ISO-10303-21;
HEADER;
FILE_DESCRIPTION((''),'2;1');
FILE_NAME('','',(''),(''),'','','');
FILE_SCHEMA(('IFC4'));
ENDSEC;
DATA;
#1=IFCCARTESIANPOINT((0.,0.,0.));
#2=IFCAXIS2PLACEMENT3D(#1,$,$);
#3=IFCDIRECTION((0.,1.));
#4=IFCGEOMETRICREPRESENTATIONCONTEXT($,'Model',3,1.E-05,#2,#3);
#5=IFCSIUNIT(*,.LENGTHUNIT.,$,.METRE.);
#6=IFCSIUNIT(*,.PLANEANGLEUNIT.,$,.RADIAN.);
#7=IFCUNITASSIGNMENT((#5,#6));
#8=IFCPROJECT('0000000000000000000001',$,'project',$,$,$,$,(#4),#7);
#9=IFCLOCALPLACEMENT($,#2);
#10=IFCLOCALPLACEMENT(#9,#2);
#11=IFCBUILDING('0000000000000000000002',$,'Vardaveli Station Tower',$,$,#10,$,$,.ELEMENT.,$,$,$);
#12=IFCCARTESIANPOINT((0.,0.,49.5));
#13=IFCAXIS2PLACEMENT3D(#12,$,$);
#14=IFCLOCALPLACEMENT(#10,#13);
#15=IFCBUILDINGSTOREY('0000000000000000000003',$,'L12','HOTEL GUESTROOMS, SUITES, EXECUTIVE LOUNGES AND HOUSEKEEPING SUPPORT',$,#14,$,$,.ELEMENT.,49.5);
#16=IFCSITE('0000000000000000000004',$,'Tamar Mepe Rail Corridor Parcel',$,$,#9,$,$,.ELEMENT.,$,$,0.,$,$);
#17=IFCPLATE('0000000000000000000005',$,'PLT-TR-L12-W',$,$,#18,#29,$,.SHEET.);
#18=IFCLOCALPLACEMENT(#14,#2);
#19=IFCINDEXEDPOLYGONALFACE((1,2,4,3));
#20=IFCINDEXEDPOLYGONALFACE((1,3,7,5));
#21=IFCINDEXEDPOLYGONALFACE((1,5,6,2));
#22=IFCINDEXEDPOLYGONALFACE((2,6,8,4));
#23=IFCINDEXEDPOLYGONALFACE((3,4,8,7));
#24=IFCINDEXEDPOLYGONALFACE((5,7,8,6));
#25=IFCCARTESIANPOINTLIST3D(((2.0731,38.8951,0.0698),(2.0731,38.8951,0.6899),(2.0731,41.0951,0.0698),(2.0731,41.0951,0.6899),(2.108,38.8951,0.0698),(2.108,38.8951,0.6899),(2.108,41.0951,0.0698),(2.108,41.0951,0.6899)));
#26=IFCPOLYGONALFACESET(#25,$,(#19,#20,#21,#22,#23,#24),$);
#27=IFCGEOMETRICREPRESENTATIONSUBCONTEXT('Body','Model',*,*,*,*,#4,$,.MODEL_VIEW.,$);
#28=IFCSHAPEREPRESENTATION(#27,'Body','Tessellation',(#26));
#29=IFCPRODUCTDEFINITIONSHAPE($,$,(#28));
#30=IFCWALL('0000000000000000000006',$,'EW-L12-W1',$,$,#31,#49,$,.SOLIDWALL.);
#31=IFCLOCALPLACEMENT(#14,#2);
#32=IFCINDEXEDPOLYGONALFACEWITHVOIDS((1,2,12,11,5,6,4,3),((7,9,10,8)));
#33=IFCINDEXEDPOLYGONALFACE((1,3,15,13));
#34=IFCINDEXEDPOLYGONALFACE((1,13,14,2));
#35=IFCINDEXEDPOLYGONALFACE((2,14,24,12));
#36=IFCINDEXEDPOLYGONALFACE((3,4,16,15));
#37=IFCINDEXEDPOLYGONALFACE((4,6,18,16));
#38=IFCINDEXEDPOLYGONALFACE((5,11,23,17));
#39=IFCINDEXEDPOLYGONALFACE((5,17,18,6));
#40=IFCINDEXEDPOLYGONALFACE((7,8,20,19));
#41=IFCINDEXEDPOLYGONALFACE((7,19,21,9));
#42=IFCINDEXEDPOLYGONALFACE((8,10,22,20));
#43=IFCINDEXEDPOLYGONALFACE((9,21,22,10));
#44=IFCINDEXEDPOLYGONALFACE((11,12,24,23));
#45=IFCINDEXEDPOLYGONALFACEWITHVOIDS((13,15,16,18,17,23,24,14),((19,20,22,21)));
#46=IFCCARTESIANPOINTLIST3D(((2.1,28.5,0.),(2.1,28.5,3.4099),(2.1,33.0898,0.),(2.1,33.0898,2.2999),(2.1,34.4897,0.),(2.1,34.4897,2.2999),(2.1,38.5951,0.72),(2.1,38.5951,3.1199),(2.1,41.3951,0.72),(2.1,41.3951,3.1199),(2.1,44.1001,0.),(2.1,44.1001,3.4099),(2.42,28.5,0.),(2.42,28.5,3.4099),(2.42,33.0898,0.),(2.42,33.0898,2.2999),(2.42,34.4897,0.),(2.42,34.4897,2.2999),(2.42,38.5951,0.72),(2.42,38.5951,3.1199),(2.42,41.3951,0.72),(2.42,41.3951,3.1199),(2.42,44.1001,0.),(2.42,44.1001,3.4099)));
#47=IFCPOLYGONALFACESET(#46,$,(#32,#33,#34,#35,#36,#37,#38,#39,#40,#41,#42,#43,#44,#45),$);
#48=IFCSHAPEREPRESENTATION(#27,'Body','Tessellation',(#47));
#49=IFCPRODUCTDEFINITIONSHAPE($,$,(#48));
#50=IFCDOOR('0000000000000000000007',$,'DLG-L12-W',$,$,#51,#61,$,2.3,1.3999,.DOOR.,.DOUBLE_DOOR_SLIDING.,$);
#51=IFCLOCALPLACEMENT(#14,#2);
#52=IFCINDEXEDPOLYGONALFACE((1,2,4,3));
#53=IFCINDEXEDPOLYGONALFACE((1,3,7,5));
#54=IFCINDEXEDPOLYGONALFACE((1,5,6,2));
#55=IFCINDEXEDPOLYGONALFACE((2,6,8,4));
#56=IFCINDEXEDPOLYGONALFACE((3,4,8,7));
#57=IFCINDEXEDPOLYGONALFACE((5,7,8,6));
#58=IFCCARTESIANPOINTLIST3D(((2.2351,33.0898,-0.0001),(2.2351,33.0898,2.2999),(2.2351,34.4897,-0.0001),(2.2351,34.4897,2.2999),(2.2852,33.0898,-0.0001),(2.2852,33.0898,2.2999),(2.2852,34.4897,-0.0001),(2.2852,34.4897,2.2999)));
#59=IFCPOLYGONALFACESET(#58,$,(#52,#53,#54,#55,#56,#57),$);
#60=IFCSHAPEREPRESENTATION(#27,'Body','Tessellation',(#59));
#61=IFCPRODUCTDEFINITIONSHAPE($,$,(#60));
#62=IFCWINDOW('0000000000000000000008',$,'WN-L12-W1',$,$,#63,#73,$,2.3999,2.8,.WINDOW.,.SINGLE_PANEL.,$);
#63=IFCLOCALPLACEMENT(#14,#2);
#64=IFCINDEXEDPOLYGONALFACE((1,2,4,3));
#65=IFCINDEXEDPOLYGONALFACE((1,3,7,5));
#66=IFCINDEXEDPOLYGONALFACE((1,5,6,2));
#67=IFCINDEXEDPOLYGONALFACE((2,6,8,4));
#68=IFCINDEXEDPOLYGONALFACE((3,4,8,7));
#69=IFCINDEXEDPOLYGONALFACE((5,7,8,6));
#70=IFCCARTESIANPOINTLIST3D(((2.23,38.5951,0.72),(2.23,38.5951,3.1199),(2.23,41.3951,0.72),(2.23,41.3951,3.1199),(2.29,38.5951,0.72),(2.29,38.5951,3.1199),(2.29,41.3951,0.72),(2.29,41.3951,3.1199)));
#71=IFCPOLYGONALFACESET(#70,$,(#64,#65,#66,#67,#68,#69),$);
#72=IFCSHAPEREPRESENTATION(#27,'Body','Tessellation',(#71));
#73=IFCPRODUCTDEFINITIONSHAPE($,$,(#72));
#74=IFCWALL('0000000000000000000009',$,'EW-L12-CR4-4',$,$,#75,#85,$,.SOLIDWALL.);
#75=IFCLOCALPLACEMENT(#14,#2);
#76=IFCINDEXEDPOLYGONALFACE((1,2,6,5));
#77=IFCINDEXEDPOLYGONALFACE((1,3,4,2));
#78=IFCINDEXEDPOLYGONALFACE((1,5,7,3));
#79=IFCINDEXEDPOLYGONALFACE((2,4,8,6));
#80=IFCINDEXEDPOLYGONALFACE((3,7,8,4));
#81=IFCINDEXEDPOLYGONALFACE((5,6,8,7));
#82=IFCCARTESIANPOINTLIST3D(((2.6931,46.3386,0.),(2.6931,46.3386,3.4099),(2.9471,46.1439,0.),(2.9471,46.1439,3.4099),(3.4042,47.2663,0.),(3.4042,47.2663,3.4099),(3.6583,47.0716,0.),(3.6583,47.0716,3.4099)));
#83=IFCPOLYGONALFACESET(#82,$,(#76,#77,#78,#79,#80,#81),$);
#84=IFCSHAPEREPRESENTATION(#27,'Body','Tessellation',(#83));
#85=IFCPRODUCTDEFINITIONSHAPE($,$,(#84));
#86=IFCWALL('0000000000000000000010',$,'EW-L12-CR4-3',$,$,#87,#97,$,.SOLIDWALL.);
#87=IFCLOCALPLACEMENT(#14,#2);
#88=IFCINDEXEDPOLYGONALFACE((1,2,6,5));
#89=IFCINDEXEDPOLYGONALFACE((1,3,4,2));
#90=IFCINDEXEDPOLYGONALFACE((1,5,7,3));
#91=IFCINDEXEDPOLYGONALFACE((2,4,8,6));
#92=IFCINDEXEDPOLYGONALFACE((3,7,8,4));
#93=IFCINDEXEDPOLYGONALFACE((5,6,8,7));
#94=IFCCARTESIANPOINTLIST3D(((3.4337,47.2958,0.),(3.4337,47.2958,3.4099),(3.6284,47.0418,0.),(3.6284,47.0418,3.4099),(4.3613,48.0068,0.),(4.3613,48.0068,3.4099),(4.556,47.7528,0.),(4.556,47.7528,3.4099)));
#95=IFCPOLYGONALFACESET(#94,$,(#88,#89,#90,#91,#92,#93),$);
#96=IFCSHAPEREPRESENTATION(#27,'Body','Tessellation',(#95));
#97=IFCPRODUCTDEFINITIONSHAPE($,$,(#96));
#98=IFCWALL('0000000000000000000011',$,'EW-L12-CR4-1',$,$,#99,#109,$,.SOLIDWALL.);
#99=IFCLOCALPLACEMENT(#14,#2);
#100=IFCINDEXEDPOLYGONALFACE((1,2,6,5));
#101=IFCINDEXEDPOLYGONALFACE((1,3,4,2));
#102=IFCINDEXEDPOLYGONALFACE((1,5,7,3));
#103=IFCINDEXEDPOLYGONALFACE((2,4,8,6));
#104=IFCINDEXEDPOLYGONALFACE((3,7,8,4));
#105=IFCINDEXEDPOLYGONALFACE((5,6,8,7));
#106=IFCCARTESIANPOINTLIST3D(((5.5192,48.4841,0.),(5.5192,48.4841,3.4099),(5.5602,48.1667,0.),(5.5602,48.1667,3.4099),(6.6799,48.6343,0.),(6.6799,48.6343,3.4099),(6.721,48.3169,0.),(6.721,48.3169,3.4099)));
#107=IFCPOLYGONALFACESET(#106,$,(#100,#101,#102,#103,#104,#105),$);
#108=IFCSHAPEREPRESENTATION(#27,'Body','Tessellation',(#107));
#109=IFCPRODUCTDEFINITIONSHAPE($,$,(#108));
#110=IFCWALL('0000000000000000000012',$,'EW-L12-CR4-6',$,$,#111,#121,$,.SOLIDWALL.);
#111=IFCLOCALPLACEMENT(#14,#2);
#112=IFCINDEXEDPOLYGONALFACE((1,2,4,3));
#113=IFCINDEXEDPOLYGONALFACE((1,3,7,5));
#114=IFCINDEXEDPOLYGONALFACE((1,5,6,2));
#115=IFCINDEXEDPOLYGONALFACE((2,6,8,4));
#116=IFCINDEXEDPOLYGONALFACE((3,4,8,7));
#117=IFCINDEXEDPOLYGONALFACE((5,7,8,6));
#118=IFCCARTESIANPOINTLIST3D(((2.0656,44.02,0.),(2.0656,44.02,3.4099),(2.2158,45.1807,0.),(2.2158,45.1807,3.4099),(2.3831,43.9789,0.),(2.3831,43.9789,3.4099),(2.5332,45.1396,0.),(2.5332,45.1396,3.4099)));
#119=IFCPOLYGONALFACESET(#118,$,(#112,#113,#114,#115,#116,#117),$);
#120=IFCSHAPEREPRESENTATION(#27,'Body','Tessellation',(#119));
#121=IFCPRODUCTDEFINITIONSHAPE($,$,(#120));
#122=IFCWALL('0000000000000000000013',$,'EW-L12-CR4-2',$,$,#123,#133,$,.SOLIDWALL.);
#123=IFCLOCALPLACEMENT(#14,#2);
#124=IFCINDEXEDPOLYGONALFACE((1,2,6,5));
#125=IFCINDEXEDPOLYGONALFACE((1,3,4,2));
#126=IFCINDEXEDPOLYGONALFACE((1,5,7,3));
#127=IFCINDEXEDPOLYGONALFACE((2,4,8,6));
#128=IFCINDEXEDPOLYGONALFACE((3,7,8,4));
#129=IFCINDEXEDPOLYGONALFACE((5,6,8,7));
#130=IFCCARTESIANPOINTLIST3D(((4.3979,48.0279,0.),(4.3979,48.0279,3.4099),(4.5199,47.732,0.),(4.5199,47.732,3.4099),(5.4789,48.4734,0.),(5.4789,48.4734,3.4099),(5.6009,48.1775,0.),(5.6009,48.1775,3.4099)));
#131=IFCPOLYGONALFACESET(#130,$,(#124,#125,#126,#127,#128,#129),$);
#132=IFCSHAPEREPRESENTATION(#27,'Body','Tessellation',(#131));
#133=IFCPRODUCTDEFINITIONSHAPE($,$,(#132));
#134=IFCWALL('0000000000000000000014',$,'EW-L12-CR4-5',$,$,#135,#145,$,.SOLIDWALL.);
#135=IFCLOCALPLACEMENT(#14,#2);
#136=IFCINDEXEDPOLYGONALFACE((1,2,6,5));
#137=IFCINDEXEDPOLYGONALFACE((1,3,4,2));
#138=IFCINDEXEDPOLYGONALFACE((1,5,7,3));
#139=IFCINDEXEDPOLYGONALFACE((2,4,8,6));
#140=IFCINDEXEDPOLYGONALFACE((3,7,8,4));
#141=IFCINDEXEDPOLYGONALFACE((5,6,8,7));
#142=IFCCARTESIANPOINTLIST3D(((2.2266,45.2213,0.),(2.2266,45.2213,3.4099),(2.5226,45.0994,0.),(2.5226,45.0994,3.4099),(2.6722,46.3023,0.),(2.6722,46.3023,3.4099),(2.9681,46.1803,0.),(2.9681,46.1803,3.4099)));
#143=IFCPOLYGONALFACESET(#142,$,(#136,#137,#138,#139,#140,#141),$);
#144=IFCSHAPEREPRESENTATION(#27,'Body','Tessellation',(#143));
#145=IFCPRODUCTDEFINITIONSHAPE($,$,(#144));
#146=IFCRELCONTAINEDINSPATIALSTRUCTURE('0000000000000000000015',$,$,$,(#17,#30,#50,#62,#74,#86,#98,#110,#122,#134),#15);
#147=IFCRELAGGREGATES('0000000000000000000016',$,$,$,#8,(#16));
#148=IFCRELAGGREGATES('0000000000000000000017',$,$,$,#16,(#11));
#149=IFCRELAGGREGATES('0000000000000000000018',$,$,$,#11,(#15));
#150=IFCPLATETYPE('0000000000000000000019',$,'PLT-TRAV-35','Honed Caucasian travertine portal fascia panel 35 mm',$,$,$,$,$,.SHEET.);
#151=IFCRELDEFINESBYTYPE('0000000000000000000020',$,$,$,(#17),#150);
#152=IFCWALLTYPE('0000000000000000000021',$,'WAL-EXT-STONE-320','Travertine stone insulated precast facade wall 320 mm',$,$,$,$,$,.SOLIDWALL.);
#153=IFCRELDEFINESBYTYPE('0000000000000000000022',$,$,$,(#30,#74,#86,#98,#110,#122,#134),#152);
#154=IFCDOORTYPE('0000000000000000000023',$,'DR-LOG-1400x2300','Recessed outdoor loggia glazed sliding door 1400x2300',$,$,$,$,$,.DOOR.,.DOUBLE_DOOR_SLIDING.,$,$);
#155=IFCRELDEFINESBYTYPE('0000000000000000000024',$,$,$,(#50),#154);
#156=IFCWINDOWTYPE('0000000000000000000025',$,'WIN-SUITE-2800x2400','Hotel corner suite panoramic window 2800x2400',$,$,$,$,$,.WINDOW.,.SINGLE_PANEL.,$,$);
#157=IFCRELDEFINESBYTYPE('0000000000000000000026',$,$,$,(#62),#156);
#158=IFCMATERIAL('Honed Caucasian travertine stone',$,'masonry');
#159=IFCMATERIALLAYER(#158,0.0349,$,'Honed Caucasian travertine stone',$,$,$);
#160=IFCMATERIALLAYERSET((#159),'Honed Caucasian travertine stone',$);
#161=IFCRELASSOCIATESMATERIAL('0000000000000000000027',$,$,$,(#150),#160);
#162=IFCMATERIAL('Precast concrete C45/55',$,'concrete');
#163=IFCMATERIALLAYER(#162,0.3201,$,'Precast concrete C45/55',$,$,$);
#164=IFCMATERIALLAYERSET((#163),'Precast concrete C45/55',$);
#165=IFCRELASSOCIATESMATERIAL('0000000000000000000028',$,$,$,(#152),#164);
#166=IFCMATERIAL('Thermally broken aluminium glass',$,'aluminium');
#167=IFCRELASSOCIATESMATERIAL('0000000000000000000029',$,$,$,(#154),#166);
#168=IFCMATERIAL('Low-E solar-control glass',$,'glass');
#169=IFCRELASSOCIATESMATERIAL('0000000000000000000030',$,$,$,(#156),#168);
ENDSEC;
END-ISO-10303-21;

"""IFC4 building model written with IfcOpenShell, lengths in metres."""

from ifc_helpers import new_model, si_unit, direction, frame, frame_2d, origin, origin_2d, place, context, subcontext, project, spatial, rectangle, extrude, source, transform, mapped, material, layer, layer_set, type_object, element, fill, save


model = new_model("IFC4")

# Units and contexts
model_context = context("Model", 3, precision=1e-05, world=origin(), true_north=direction((0.0, 1.0)))
body_context = subcontext(model_context, "Body", "Model", "MODEL_VIEW")
ifc_project = project(units=[si_unit("LENGTHUNIT", "METRE"), si_unit("PLANEANGLEUNIT", "RADIAN")], contexts=[model_context])

# Site, building, storey
site_placement = place(None, origin())
site = spatial("IfcSite", under=ifc_project, at=site_placement, Name="Tamar Mepe Rail Corridor Parcel", CompositionType="ELEMENT", RefElevation=0.0)
building_placement = place(site_placement, origin())
building = spatial("IfcBuilding", under=site, at=building_placement, Name="Vardaveli Station Tower", CompositionType="ELEMENT")
storey_placement = place(building_placement, frame((0.0, 0.0, 49.5)))
storey = spatial("IfcBuildingStorey", under=building, at=storey_placement, Name="L12", Description="HOTEL GUESTROOMS, SUITES, EXECUTIVE LOUNGES AND HOUSEKEEPING SUPPORT", CompositionType="ELEMENT", Elevation=49.5)

# Shared definitions
ifc_material_1 = material(Name="Precast concrete C45/55", Category="concrete")

# Plate
ifc_material_2 = material(Name="Honed Caucasian travertine stone", Category="masonry")
ifc_layer_1 = layer(ifc_material_2, 0.0349, Name="Honed Caucasian travertine stone")
ifc_layer_set_1 = layer_set([ifc_layer_1], Name="Honed Caucasian travertine stone")
plate_type = type_object("IfcPlateType", Name="PLT-TRAV-35", Description="Honed Caucasian travertine portal fascia panel 35 mm", PredefinedType="SHEET", material=ifc_layer_set_1)
shared_shape_1 = source(origin(), body_context, "Body", "SweptSolid", [
    extrude(rectangle(XDim=2.2, YDim=0.0349, at=origin_2d()), origin(), (0.0, 0.0, 1.0), 0.6201),
])
plate_placement = place(storey_placement, frame((2.0906, 39.9951, 0.0698), z_axis=(0.0, 0.0, 1.0), x_axis=(0.0, 1.0, 0.0)))
element("IfcPlate", 1, at=plate_placement, inside=storey, type_object=plate_type, Name="PLT-TR-L12-W", PredefinedType="SHEET", context=body_context, shape_type="MappedRepresentation", body=[
    mapped(shared_shape_1, transform((0.0, 0.0, 0.0), scale=1.0)),
])

# Wall, openings, door, window
ifc_layer_2 = layer(ifc_material_1, 0.3201, Name="Precast concrete C45/55")
ifc_layer_set_2 = layer_set([ifc_layer_2], Name="Precast concrete C45/55")
wall_type_1 = type_object("IfcWallType", Name="WAL-EXT-STONE-320", Description="Travertine stone insulated precast facade wall 320 mm", PredefinedType="SOLIDWALL", material=ifc_layer_set_2)
shared_shape_2 = source(origin(), body_context, "Body", "SweptSolid", [
    extrude(rectangle(XDim=15.6001, YDim=0.3201, at=frame_2d((7.8, 0.0))), origin(), (0.0, 0.0, 1.0), 3.4099),
])
wall_1_placement = place(storey_placement, frame((2.26, 44.1001, 0.0), z_axis=(0.0, 0.0, 1.0), x_axis=(0.0, -1.0, 0.0)))
wall_1 = element("IfcWall", 2, at=wall_1_placement, inside=storey, type_object=wall_type_1, Name="EW-L12-W1", PredefinedType="SOLIDWALL", context=body_context, shape_type="MappedRepresentation", body=[
    mapped(shared_shape_2, transform((0.0, 0.0, 0.0), scale=1.0)),
])
shared_shape_3 = source(origin(), body_context, "Body", "SweptSolid", [
    extrude(rectangle(XDim=1.3999, YDim=2.3, at=frame_2d((0.7, 1.1499))), frame((0.0, 0.1699, 0.0), z_axis=(0.0, -1.0, 0.0), x_axis=(1.0, 0.0, 0.0)), (0.0, 0.0, 1.0), 0.3401),
])
opening_1_placement = place(wall_1_placement, frame((9.6104, 0.0, 0.0)))
opening_1 = element("IfcOpeningElement", 3, at=opening_1_placement, cuts=wall_1, PredefinedType="OPENING", context=body_context, shape_type="MappedRepresentation", body=[
    mapped(shared_shape_3, transform((0.0, 0.0, 0.0), scale=1.0)),
])
shared_shape_4 = source(origin(), body_context, "Body", "SweptSolid", [
    extrude(rectangle(XDim=2.8, YDim=2.3999, at=frame_2d((1.3999, 1.2))), frame((0.0, 0.1699, 0.0), z_axis=(0.0, -1.0, 0.0), x_axis=(1.0, 0.0, 0.0)), (0.0, 0.0, 1.0), 0.3401),
])
opening_2_placement = place(wall_1_placement, frame((2.7051, 0.0, 0.72)))
opening_2 = element("IfcOpeningElement", 4, at=opening_2_placement, cuts=wall_1, PredefinedType="OPENING", context=body_context, shape_type="MappedRepresentation", body=[
    mapped(shared_shape_4, transform((0.0, 0.0, 0.0), scale=1.0)),
])
ifc_material_3 = material(Name="Thermally broken aluminium glass", Category="aluminium")
door_type_1 = type_object("IfcDoorType", Name="DR-LOG-1400x2300", Description="Recessed outdoor loggia glazed sliding door 1400x2300", OperationType="DOUBLE_DOOR_SLIDING", PredefinedType="DOOR", material=ifc_material_3)
shared_shape_5 = source(origin(), body_context, "Body", "SweptSolid", [
    extrude(rectangle(XDim=1.3999, YDim=2.3, at=frame_2d((0.7, 1.1499))), frame((0.0, 0.0249, 0.0), z_axis=(0.0, -1.0, 0.0), x_axis=(1.0, 0.0, 0.0)), (0.0, 0.0, 1.0), 0.05),
])
door_1_placement = place(opening_1_placement, frame((1.3999, 0.0, 0.0), z_axis=(0.0, 0.0, 1.0), x_axis=(-1.0, 0.0, 0.0)))
door_1 = element("IfcDoor", 5, at=door_1_placement, inside=storey, type_object=door_type_1, Name="DLG-L12-W", OperationType="DOUBLE_DOOR_SLIDING", OverallHeight=2.3, OverallWidth=1.3999, PredefinedType="DOOR", context=body_context, shape_type="MappedRepresentation", body=[
    mapped(shared_shape_5, transform((0.0, 0.0, 0.0), scale=1.0)),
])
fill(opening_1, door_1)
ifc_material_4 = material(Name="Low-E solar-control glass", Category="glass")
window_type = type_object("IfcWindowType", Name="WIN-SUITE-2800x2400", Description="Hotel corner suite panoramic window 2800x2400", PartitioningType="SINGLE_PANEL", PredefinedType="WINDOW", material=ifc_material_4)
shared_shape_6 = source(origin(), body_context, "Body", "SweptSolid", [
    extrude(rectangle(XDim=2.8, YDim=2.3999, at=frame_2d((1.3999, 1.2))), frame((0.0, 0.03, 0.0), z_axis=(0.0, -1.0, 0.0), x_axis=(1.0, 0.0, 0.0)), (0.0, 0.0, 1.0), 0.0601),
])
window_placement = place(opening_2_placement, origin())
window = element("IfcWindow", 6, at=window_placement, inside=storey, type_object=window_type, Name="WN-L12-W1", OverallHeight=2.3999, OverallWidth=2.8, PartitioningType="SINGLE_PANEL", PredefinedType="WINDOW", context=body_context, shape_type="MappedRepresentation", body=[
    mapped(shared_shape_6, transform((0.0, 0.0, 0.0), scale=1.0)),
])
fill(opening_2, window)

# Walls
shared_shape_7 = source(origin(), body_context, "Body", "SweptSolid", [
    extrude(rectangle(XDim=1.1689, YDim=0.3201, at=frame_2d((0.5845, 0.0))), origin(), (0.0, 0.0, 1.0), 3.4099),
])
wall_2_placement = place(storey_placement, frame((3.5312, 47.1689, 0.0), z_axis=(0.0, 0.0, 1.0), x_axis=(-0.608388, -0.79364, 0.0)))
element("IfcWall", 7, at=wall_2_placement, inside=storey, type_object=wall_type_1, Name="EW-L12-CR4-4", PredefinedType="SOLIDWALL", context=body_context, shape_type="MappedRepresentation", body=[
    mapped(shared_shape_7, transform((0.0, 0.0, 0.0), scale=1.0)),
])
shared_shape_8 = source(origin(), body_context, "Body", "SweptSolid", [
    extrude(rectangle(XDim=1.1687, YDim=0.3201, at=frame_2d((0.5845, 0.0))), origin(), (0.0, 0.0, 1.0), 3.4099),
])
wall_3_placement = place(storey_placement, frame((4.4587, 47.8799, 0.0), z_axis=(0.0, 0.0, 1.0), x_axis=(-0.793664, -0.608357, 0.0)))
element("IfcWall", 8, at=wall_3_placement, inside=storey, type_object=wall_type_1, Name="EW-L12-CR4-3", PredefinedType="SOLIDWALL", context=body_context, shape_type="MappedRepresentation", body=[
    mapped(shared_shape_8, transform((0.0, 0.0, 0.0), scale=1.0)),
])
shared_shape_9 = source(origin(), body_context, "Body", "SweptSolid", [
    extrude(rectangle(XDim=1.1704, YDim=0.3201, at=frame_2d((0.5852, 0.0))), origin(), (0.0, 0.0, 1.0), 3.4099),
])
for number, where, z_axis, x_axis, name in (
    (9, (6.7004, 48.4756, 0.0), (0.0, 0.0, 1.0), (-0.991736, -0.128296, 0.0), "EW-L12-CR4-1"),
    (10, (2.3745, 45.1602, 0.0), (0.0, 0.0, 1.0), (-0.128296, -0.991736, 0.0), "EW-L12-CR4-6"),
):
    element("IfcWall", number, at=place(storey_placement, frame(where, z_axis=z_axis, x_axis=x_axis)), inside=storey, type_object=wall_type_1, Name=name, PredefinedType="SOLIDWALL", context=body_context, shape_type="MappedRepresentation", body=[
        mapped(shared_shape_9, transform((0.0, 0.0, 0.0), scale=1.0)),
    ])
shared_shape_10 = source(origin(), body_context, "Body", "SweptSolid", [
    extrude(rectangle(XDim=1.1692, YDim=0.3201, at=frame_2d((0.5845, 0.0))), origin(), (0.0, 0.0, 1.0), 3.4099),
])
for number, where, z_axis, x_axis, name in (
    (11, (5.5398, 48.3254, 0.0), (0.0, 0.0, 1.0), (-0.924553, -0.381054, 0.0), "EW-L12-CR4-2"),
    (12, (2.8201, 46.2412, 0.0), (0.0, 0.0, 1.0), (-0.381054, -0.924553, 0.0), "EW-L12-CR4-5"),
):
    element("IfcWall", number, at=place(storey_placement, frame(where, z_axis=z_axis, x_axis=x_axis)), inside=storey, type_object=wall_type_1, Name=name, PredefinedType="SOLIDWALL", context=body_context, shape_type="MappedRepresentation", body=[
        mapped(shared_shape_10, transform((0.0, 0.0, 0.0), scale=1.0)),
    ])

save(model, "model.ifc")
